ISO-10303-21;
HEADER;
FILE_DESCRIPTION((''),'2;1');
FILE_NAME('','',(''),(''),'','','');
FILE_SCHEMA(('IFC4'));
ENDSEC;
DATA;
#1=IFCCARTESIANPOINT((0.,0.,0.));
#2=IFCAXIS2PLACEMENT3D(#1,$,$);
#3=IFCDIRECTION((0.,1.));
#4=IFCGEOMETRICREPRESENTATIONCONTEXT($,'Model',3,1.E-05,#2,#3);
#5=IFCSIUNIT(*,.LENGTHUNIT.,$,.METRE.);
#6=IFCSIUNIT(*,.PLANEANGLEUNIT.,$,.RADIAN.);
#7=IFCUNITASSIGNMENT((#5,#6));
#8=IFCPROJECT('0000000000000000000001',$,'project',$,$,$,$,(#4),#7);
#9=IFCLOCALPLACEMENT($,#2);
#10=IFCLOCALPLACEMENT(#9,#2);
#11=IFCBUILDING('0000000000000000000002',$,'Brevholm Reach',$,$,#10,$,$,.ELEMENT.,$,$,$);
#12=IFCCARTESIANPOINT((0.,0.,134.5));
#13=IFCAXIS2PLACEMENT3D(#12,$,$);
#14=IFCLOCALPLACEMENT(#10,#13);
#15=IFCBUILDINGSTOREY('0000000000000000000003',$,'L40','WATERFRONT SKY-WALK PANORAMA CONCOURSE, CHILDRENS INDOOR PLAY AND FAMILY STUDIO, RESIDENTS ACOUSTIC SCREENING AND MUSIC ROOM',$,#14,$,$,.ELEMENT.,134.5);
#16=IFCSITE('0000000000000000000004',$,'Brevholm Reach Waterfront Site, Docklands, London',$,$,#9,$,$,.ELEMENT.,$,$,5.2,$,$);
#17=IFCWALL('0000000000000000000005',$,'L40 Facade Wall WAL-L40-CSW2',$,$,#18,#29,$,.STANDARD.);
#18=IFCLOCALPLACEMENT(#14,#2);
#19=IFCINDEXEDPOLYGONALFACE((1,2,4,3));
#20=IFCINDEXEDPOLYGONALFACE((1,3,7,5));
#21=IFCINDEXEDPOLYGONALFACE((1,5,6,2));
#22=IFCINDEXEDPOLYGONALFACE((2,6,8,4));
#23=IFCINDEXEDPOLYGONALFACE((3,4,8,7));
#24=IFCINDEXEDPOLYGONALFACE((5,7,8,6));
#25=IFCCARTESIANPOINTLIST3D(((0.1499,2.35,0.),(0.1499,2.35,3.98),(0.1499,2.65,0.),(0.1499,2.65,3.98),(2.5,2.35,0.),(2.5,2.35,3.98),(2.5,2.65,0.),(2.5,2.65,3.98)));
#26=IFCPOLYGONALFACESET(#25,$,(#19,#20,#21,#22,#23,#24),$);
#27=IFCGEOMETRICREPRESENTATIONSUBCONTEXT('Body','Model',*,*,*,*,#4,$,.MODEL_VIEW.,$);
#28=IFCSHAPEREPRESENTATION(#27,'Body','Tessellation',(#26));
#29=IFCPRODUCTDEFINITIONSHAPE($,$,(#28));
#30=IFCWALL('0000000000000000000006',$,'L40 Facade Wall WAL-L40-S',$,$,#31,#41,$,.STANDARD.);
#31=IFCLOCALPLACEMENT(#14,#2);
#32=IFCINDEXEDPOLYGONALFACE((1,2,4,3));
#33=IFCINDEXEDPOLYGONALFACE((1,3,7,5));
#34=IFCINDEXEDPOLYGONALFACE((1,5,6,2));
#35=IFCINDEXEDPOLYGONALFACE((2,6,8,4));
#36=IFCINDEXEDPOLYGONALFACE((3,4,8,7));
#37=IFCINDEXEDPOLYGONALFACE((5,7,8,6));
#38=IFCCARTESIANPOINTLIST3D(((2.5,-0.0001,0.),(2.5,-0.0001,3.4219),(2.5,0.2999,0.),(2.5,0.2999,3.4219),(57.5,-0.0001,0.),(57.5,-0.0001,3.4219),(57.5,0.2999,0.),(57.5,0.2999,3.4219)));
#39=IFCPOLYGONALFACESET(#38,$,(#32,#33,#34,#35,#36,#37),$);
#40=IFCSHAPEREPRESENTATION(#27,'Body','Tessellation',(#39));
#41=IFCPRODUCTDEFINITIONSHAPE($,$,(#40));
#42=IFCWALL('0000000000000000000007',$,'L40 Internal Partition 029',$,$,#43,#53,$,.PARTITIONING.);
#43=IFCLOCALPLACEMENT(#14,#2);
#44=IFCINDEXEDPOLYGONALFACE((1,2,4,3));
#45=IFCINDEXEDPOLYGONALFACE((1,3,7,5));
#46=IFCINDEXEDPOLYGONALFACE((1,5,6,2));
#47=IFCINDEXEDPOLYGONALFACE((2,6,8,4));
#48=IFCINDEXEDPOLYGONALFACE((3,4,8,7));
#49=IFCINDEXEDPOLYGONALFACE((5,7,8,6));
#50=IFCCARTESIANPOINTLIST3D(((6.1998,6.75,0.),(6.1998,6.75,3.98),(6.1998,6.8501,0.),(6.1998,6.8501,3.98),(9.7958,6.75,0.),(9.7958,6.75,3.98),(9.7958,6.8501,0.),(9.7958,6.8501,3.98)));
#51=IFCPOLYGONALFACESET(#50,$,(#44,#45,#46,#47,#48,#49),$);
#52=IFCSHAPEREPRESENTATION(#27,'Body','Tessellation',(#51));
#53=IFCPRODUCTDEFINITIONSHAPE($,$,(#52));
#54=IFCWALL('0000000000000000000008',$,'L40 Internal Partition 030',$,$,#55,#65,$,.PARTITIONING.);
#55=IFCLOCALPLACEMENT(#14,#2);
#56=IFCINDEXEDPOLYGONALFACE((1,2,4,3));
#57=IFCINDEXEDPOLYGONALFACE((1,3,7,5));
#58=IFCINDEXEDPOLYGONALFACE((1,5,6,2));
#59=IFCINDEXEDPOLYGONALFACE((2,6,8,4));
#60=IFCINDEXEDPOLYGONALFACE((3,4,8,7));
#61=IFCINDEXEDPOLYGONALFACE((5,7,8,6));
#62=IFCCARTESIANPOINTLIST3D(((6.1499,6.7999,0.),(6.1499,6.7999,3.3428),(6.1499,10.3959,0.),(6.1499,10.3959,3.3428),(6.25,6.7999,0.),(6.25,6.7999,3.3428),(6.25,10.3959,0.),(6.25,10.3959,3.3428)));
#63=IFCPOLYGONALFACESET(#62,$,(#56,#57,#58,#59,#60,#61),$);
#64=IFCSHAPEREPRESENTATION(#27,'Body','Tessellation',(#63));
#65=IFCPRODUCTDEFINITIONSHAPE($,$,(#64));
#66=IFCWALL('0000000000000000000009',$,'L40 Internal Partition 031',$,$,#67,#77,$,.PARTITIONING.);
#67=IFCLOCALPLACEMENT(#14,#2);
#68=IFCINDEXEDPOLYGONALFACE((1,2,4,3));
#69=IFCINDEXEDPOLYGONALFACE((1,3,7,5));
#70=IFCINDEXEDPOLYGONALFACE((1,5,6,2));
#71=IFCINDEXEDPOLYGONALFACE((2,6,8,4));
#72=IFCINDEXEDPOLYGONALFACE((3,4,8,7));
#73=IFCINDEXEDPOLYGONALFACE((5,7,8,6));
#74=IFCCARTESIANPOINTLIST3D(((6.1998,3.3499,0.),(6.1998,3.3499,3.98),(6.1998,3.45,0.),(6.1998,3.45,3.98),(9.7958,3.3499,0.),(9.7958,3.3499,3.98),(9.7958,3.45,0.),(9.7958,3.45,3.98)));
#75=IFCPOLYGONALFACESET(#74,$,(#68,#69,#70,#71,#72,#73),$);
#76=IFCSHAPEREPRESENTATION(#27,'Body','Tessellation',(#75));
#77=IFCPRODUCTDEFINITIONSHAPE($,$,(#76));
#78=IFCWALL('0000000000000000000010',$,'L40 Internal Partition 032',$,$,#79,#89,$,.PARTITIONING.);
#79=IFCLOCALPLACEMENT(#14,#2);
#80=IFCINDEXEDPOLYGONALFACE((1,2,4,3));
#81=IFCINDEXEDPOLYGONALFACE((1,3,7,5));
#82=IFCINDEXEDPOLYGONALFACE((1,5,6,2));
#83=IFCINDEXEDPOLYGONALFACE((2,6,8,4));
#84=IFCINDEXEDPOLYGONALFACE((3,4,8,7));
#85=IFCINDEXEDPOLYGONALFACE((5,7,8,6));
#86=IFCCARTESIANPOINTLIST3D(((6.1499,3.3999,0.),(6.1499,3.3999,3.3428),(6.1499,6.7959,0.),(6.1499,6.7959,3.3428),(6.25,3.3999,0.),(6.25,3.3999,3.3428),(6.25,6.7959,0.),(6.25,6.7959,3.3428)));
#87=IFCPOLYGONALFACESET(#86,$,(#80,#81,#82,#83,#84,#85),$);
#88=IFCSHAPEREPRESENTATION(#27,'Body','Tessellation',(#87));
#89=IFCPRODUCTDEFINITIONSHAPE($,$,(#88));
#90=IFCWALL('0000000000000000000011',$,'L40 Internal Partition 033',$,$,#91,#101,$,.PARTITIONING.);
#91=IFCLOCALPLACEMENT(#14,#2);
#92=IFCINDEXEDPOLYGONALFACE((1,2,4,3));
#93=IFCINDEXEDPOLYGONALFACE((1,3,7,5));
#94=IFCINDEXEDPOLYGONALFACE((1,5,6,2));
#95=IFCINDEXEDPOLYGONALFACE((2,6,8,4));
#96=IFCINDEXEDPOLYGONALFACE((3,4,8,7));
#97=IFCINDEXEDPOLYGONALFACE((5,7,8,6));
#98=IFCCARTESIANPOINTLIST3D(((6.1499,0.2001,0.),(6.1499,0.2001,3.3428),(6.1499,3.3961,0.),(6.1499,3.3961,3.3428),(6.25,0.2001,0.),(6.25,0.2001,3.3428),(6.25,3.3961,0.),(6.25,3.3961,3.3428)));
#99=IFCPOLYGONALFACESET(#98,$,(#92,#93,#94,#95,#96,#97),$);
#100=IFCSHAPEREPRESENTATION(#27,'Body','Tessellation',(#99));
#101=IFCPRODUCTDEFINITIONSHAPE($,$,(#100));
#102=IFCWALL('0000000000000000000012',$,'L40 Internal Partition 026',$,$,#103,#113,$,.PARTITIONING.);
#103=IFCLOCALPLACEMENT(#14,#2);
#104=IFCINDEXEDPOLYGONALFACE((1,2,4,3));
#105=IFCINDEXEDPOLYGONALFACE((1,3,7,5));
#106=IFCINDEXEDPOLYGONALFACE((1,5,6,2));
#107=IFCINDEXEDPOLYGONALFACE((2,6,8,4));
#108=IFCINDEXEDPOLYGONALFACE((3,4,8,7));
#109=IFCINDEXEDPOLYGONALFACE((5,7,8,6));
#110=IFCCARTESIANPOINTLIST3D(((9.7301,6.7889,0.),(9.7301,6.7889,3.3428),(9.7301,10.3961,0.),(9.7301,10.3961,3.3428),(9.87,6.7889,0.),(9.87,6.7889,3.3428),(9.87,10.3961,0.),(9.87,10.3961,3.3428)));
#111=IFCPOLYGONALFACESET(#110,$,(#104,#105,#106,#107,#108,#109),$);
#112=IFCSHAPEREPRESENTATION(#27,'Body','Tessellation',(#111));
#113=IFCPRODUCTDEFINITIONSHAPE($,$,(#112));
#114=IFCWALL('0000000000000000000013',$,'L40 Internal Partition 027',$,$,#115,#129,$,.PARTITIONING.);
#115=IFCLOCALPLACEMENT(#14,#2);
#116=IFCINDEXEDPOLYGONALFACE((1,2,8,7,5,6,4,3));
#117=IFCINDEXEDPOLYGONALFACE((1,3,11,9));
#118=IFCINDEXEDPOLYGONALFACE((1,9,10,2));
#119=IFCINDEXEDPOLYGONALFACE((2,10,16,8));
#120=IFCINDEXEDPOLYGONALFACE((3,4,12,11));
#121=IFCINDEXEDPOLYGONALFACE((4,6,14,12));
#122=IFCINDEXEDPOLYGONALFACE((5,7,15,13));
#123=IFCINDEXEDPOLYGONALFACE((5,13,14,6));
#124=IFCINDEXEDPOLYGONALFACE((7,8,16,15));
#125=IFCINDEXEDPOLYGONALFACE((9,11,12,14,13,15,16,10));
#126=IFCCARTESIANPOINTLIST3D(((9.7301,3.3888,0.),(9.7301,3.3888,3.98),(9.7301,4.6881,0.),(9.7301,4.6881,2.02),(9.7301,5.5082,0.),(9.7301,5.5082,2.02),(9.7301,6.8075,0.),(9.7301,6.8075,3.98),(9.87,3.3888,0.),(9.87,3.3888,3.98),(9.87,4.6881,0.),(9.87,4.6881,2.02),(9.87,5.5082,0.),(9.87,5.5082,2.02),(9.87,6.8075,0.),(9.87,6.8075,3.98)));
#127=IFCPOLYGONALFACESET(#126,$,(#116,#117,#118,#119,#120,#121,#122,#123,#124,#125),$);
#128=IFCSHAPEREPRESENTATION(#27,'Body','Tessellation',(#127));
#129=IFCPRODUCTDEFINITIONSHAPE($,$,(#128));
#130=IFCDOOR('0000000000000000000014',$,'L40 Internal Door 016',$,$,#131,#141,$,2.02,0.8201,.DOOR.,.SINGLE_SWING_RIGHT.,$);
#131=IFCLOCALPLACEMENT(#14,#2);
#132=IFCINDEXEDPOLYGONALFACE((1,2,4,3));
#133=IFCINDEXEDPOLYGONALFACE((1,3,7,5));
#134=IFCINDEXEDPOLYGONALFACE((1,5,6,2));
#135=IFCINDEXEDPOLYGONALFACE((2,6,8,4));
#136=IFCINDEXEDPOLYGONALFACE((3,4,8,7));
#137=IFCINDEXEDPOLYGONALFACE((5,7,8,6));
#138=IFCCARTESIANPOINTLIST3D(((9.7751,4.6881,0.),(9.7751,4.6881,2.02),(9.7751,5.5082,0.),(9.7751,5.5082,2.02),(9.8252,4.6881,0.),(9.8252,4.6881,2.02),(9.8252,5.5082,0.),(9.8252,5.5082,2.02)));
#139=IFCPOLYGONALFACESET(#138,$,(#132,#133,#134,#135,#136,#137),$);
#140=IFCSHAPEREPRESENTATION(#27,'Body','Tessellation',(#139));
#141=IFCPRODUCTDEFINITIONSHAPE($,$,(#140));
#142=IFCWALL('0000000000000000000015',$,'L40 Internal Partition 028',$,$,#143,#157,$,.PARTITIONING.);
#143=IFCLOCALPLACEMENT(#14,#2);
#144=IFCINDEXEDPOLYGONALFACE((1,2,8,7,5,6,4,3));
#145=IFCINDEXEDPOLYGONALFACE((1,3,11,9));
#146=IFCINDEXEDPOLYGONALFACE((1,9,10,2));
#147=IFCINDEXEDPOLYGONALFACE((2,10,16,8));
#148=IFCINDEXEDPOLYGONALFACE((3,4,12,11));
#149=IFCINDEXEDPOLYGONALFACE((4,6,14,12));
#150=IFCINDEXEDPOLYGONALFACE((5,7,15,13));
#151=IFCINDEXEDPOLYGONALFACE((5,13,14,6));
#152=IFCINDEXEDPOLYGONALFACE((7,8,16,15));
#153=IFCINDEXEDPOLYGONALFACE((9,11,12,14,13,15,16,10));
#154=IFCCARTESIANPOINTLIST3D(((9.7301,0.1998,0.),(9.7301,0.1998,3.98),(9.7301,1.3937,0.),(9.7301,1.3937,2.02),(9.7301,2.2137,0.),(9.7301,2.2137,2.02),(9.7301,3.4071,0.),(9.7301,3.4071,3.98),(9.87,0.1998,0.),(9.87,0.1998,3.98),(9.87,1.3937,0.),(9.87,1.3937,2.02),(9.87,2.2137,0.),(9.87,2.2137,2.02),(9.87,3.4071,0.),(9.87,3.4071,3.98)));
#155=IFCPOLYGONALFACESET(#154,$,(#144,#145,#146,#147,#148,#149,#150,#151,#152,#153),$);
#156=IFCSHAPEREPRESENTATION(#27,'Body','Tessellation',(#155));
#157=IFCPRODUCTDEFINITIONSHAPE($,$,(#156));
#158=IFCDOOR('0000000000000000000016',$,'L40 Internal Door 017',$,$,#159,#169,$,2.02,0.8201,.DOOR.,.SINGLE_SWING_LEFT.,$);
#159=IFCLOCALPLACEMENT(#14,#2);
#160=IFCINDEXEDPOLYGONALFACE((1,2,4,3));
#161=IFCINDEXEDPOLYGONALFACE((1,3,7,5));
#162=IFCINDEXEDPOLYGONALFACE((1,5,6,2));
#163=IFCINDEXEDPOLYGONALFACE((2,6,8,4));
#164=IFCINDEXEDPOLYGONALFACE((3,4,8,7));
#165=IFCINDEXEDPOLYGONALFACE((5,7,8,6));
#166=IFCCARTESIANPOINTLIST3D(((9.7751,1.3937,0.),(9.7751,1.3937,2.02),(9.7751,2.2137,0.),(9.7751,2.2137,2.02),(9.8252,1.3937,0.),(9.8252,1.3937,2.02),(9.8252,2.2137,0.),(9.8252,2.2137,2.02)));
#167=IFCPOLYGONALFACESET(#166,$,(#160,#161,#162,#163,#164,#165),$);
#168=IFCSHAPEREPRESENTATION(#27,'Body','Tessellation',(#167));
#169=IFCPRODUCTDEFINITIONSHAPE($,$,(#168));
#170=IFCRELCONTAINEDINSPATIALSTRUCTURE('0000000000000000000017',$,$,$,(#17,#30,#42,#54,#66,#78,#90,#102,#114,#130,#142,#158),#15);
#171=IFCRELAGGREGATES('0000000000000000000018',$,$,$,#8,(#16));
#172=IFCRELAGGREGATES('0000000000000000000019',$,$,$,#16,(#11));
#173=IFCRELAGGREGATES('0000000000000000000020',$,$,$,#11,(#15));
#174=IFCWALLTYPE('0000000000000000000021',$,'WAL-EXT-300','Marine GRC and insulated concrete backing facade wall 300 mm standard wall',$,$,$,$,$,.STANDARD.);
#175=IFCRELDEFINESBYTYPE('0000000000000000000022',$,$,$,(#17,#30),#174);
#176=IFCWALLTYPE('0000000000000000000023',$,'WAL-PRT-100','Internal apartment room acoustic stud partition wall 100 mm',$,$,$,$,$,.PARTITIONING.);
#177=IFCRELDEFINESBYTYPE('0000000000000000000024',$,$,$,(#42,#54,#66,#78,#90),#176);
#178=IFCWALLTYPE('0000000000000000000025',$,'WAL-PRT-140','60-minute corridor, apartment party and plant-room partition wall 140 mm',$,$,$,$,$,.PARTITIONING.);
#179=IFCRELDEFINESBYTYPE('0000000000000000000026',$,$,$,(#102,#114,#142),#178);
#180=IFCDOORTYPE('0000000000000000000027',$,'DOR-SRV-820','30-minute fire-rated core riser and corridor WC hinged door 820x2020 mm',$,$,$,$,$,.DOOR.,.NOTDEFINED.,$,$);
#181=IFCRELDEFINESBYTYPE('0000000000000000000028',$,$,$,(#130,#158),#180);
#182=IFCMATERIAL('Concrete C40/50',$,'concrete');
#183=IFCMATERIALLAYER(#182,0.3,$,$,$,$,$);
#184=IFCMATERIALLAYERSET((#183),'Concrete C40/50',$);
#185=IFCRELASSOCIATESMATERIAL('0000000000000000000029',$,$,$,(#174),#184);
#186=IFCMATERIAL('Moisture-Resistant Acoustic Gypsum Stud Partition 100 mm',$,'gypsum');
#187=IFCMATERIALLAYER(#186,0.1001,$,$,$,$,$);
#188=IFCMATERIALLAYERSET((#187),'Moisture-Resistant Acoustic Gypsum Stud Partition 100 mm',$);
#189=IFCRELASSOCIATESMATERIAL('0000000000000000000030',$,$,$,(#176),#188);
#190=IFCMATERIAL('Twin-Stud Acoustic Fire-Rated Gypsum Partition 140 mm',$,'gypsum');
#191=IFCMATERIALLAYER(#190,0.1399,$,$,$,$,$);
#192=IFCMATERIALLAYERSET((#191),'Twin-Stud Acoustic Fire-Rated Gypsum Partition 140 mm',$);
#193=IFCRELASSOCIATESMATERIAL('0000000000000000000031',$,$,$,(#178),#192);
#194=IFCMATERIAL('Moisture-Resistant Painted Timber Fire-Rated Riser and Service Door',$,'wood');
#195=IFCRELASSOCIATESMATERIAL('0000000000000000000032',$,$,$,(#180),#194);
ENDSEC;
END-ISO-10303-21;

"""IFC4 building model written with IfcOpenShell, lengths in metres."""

from ifc_helpers import new_model, si_unit, direction, frame, frame_2d, origin, place, context, subcontext, project, spatial, rectangle, extrude, material, layer, layer_set, type_object, element, fill, save


model = new_model("IFC4")

# Units and contexts
model_context = context("Model", 3, precision=1e-05, world=origin(), true_north=direction((0.0, 1.0)))
body_context = subcontext(model_context, "Body", "Model", "MODEL_VIEW")
ifc_project = project(units=[si_unit("LENGTHUNIT", "METRE"), si_unit("PLANEANGLEUNIT", "RADIAN")], contexts=[model_context])

# Site, building, storey
site_placement = place(None, origin())
site = spatial("IfcSite", under=ifc_project, at=site_placement, Name="Brevholm Reach Waterfront Site, Docklands, London", CompositionType="ELEMENT", RefElevation=5.2)
building_placement = place(site_placement, origin())
building = spatial("IfcBuilding", under=site, at=building_placement, Name="Brevholm Reach", CompositionType="ELEMENT")
storey_placement = place(building_placement, frame((0.0, 0.0, 134.5)))
storey = spatial("IfcBuildingStorey", under=building, at=storey_placement, Name="L40", Description="WATERFRONT SKY-WALK PANORAMA CONCOURSE, CHILDRENS INDOOR PLAY AND FAMILY STUDIO, RESIDENTS ACOUSTIC SCREENING AND MUSIC ROOM", CompositionType="ELEMENT", Elevation=134.5)

# Walls
ifc_material_1 = material(Name="Concrete C40/50", Category="concrete")
ifc_layer_1 = layer(ifc_material_1, 0.3)
ifc_layer_set_1 = layer_set([ifc_layer_1], Name="Concrete C40/50")
wall_type_1 = type_object("IfcWallType", Name="WAL-EXT-300", Description="Marine GRC and insulated concrete backing facade wall 300 mm standard wall", PredefinedType="STANDARD", material=ifc_layer_set_1)
for number, where, z_axis, x_axis, name in (
    (1, (0.1499, 2.5, 0.0), (0.0, 0.0, 1.0), (1.0, 0.0, 0.0), "L40 Facade Wall WAL-L40-CSW2"),
):
    element("IfcWall", number, at=place(storey_placement, frame(where, z_axis=z_axis, x_axis=x_axis)), inside=storey, type_object=wall_type_1, Name=name, PredefinedType="STANDARD", context=body_context, shape_type="SweptSolid", body=[
        extrude(rectangle(XDim=2.3501, YDim=0.3, at=frame_2d((1.175, 0.0))), origin(), (0.0, 0.0, 1.0), 3.98),
    ])
wall_1_placement = place(storey_placement, frame((2.5, 0.1499, 0.0), z_axis=(0.0, 0.0, 1.0), x_axis=(1.0, 0.0, 0.0)))
element("IfcWall", 2, at=wall_1_placement, inside=storey, type_object=wall_type_1, Name="L40 Facade Wall WAL-L40-S", PredefinedType="STANDARD", context=body_context, shape_type="SweptSolid", body=[
    extrude(rectangle(XDim=55.0, YDim=0.3, at=frame_2d((27.5, 0.0))), origin(), (0.0, 0.0, 1.0), 3.4219),
])
ifc_material_2 = material(Name="Moisture-Resistant Acoustic Gypsum Stud Partition 100 mm", Category="gypsum")
ifc_layer_2 = layer(ifc_material_2, 0.1001)
ifc_layer_set_2 = layer_set([ifc_layer_2], Name="Moisture-Resistant Acoustic Gypsum Stud Partition 100 mm")
wall_type_2 = type_object("IfcWallType", Name="WAL-PRT-100", Description="Internal apartment room acoustic stud partition wall 100 mm", PredefinedType="PARTITIONING", material=ifc_layer_set_2)
wall_2_placement = place(storey_placement, frame((6.2, 6.8, 0.0), z_axis=(0.0, 0.0, 1.0), x_axis=(1.0, 0.0, 0.0)))
element("IfcWall", 3, at=wall_2_placement, inside=storey, type_object=wall_type_2, Name="L40 Internal Partition 029", PredefinedType="PARTITIONING", context=body_context, shape_type="SweptSolid", body=[
    extrude(rectangle(XDim=3.5959, YDim=0.1001, at=frame_2d((1.7979, 0.0))), origin(), (0.0, 0.0, 1.0), 3.98),
])
wall_3_placement = place(storey_placement, frame((6.2, 6.8, 0.0), z_axis=(0.0, 0.0, 1.0), x_axis=(0.0, 1.0, 0.0)))
element("IfcWall", 4, at=wall_3_placement, inside=storey, type_object=wall_type_2, Name="L40 Internal Partition 030", PredefinedType="PARTITIONING", context=body_context, shape_type="SweptSolid", body=[
    extrude(rectangle(XDim=3.5959, YDim=0.1001, at=frame_2d((1.7979, 0.0))), origin(), (0.0, 0.0, 1.0), 3.3428),
])
wall_4_placement = place(storey_placement, frame((6.2, 3.3999, 0.0), z_axis=(0.0, 0.0, 1.0), x_axis=(1.0, 0.0, 0.0)))
element("IfcWall", 5, at=wall_4_placement, inside=storey, type_object=wall_type_2, Name="L40 Internal Partition 031", PredefinedType="PARTITIONING", context=body_context, shape_type="SweptSolid", body=[
    extrude(rectangle(XDim=3.5959, YDim=0.1001, at=frame_2d((1.7979, 0.0))), origin(), (0.0, 0.0, 1.0), 3.98),
])
wall_5_placement = place(storey_placement, frame((6.2, 3.3999, 0.0), z_axis=(0.0, 0.0, 1.0), x_axis=(0.0, 1.0, 0.0)))
element("IfcWall", 6, at=wall_5_placement, inside=storey, type_object=wall_type_2, Name="L40 Internal Partition 032", PredefinedType="PARTITIONING", context=body_context, shape_type="SweptSolid", body=[
    extrude(rectangle(XDim=3.396, YDim=0.1001, at=frame_2d((1.698, 0.0))), origin(), (0.0, 0.0, 1.0), 3.3428),
])
wall_6_placement = place(storey_placement, frame((6.2, 0.2, 0.0), z_axis=(0.0, 0.0, 1.0), x_axis=(0.0, 1.0, 0.0)))
element("IfcWall", 7, at=wall_6_placement, inside=storey, type_object=wall_type_2, Name="L40 Internal Partition 033", PredefinedType="PARTITIONING", context=body_context, shape_type="SweptSolid", body=[
    extrude(rectangle(XDim=3.196, YDim=0.1001, at=frame_2d((1.5981, 0.0))), origin(), (0.0, 0.0, 1.0), 3.3428),
])
ifc_material_3 = material(Name="Twin-Stud Acoustic Fire-Rated Gypsum Partition 140 mm", Category="gypsum")
ifc_layer_3 = layer(ifc_material_3, 0.1399)
ifc_layer_set_3 = layer_set([ifc_layer_3], Name="Twin-Stud Acoustic Fire-Rated Gypsum Partition 140 mm")
wall_type_3 = type_object("IfcWallType", Name="WAL-PRT-140", Description="60-minute corridor, apartment party and plant-room partition wall 140 mm", PredefinedType="PARTITIONING", material=ifc_layer_set_3)
wall_7_placement = place(storey_placement, frame((9.8, 6.7888, 0.0), z_axis=(0.0, 0.0, 1.0), x_axis=(0.0, 1.0, 0.0)))
element("IfcWall", 8, at=wall_7_placement, inside=storey, type_object=wall_type_3, Name="L40 Internal Partition 026", PredefinedType="PARTITIONING", context=body_context, shape_type="SweptSolid", body=[
    extrude(rectangle(XDim=3.6072, YDim=0.1399, at=frame_2d((1.8037, 0.0))), origin(), (0.0, 0.0, 1.0), 3.3428),
])

# Walls, openings, doors
wall_8_placement = place(storey_placement, frame((9.8, 3.3887, 0.0), z_axis=(0.0, 0.0, 1.0), x_axis=(0.0, 1.0, 0.0)))
wall_8 = element("IfcWall", 9, at=wall_8_placement, inside=storey, type_object=wall_type_3, Name="L40 Internal Partition 027", PredefinedType="PARTITIONING", context=body_context, shape_type="SweptSolid", body=[
    extrude(rectangle(XDim=3.4187, YDim=0.1399, at=frame_2d((1.7095, 0.0))), origin(), (0.0, 0.0, 1.0), 3.98),
])
opening_1_placement = place(wall_8_placement, frame((1.2993, 0.0, 0.0)))
opening_1 = element("IfcOpeningElement", 10, at=opening_1_placement, cuts=wall_8, PredefinedType="OPENING", context=body_context, shape_type="SweptSolid", body=[
    extrude(rectangle(XDim=0.8201, YDim=2.02, at=frame_2d((0.4102, 1.01))), frame((0.0, 0.0798, 0.0), z_axis=(0.0, -1.0, 0.0), x_axis=(1.0, 0.0, 0.0)), (0.0, 0.0, 1.0), 0.1599),
])
ifc_material_4 = material(Name="Moisture-Resistant Painted Timber Fire-Rated Riser and Service Door", Category="wood")
door_type = type_object("IfcDoorType", Name="DOR-SRV-820", Description="30-minute fire-rated core riser and corridor WC hinged door 820x2020 mm", OperationType="NOTDEFINED", PredefinedType="DOOR", material=ifc_material_4)
door_1_placement = place(opening_1_placement, origin())
door_1 = element("IfcDoor", 11, at=door_1_placement, inside=storey, type_object=door_type, Name="L40 Internal Door 016", OperationType="SINGLE_SWING_RIGHT", OverallHeight=2.02, OverallWidth=0.8201, PredefinedType="DOOR", context=body_context, shape_type="SweptSolid", body=[
    extrude(rectangle(XDim=0.8201, YDim=2.02, at=frame_2d((0.4102, 1.01))), frame((0.0, 0.0249, 0.0), z_axis=(0.0, -1.0, 0.0), x_axis=(1.0, 0.0, 0.0)), (0.0, 0.0, 1.0), 0.05),
])
fill(opening_1, door_1)
wall_9_placement = place(storey_placement, frame((9.8, 0.2, 0.0), z_axis=(0.0, 0.0, 1.0), x_axis=(0.0, 1.0, 0.0)))
wall_9 = element("IfcWall", 12, at=wall_9_placement, inside=storey, type_object=wall_type_3, Name="L40 Internal Partition 028", PredefinedType="PARTITIONING", context=body_context, shape_type="SweptSolid", body=[
    extrude(rectangle(XDim=3.2073, YDim=0.1399, at=frame_2d((1.6035, 0.0))), origin(), (0.0, 0.0, 1.0), 3.98),
])
opening_2_placement = place(wall_9_placement, frame((1.1936, 0.0, 0.0)))
opening_2 = element("IfcOpeningElement", 13, at=opening_2_placement, cuts=wall_9, PredefinedType="OPENING", context=body_context, shape_type="SweptSolid", body=[
    extrude(rectangle(XDim=0.8201, YDim=2.02, at=frame_2d((0.4102, 1.01))), frame((0.0, 0.0798, 0.0), z_axis=(0.0, -1.0, 0.0), x_axis=(1.0, 0.0, 0.0)), (0.0, 0.0, 1.0), 0.1599),
])
door_2_placement = place(opening_2_placement, origin())
door_2 = element("IfcDoor", 14, at=door_2_placement, inside=storey, type_object=door_type, Name="L40 Internal Door 017", OperationType="SINGLE_SWING_LEFT", OverallHeight=2.02, OverallWidth=0.8201, PredefinedType="DOOR", context=body_context, shape_type="SweptSolid", body=[
    extrude(rectangle(XDim=0.8201, YDim=2.02, at=frame_2d((0.4102, 1.01))), frame((0.0, 0.0249, 0.0), z_axis=(0.0, -1.0, 0.0), x_axis=(1.0, 0.0, 0.0)), (0.0, 0.0, 1.0), 0.05),
])
fill(opening_2, door_2)

save(model, "model.ifc")
